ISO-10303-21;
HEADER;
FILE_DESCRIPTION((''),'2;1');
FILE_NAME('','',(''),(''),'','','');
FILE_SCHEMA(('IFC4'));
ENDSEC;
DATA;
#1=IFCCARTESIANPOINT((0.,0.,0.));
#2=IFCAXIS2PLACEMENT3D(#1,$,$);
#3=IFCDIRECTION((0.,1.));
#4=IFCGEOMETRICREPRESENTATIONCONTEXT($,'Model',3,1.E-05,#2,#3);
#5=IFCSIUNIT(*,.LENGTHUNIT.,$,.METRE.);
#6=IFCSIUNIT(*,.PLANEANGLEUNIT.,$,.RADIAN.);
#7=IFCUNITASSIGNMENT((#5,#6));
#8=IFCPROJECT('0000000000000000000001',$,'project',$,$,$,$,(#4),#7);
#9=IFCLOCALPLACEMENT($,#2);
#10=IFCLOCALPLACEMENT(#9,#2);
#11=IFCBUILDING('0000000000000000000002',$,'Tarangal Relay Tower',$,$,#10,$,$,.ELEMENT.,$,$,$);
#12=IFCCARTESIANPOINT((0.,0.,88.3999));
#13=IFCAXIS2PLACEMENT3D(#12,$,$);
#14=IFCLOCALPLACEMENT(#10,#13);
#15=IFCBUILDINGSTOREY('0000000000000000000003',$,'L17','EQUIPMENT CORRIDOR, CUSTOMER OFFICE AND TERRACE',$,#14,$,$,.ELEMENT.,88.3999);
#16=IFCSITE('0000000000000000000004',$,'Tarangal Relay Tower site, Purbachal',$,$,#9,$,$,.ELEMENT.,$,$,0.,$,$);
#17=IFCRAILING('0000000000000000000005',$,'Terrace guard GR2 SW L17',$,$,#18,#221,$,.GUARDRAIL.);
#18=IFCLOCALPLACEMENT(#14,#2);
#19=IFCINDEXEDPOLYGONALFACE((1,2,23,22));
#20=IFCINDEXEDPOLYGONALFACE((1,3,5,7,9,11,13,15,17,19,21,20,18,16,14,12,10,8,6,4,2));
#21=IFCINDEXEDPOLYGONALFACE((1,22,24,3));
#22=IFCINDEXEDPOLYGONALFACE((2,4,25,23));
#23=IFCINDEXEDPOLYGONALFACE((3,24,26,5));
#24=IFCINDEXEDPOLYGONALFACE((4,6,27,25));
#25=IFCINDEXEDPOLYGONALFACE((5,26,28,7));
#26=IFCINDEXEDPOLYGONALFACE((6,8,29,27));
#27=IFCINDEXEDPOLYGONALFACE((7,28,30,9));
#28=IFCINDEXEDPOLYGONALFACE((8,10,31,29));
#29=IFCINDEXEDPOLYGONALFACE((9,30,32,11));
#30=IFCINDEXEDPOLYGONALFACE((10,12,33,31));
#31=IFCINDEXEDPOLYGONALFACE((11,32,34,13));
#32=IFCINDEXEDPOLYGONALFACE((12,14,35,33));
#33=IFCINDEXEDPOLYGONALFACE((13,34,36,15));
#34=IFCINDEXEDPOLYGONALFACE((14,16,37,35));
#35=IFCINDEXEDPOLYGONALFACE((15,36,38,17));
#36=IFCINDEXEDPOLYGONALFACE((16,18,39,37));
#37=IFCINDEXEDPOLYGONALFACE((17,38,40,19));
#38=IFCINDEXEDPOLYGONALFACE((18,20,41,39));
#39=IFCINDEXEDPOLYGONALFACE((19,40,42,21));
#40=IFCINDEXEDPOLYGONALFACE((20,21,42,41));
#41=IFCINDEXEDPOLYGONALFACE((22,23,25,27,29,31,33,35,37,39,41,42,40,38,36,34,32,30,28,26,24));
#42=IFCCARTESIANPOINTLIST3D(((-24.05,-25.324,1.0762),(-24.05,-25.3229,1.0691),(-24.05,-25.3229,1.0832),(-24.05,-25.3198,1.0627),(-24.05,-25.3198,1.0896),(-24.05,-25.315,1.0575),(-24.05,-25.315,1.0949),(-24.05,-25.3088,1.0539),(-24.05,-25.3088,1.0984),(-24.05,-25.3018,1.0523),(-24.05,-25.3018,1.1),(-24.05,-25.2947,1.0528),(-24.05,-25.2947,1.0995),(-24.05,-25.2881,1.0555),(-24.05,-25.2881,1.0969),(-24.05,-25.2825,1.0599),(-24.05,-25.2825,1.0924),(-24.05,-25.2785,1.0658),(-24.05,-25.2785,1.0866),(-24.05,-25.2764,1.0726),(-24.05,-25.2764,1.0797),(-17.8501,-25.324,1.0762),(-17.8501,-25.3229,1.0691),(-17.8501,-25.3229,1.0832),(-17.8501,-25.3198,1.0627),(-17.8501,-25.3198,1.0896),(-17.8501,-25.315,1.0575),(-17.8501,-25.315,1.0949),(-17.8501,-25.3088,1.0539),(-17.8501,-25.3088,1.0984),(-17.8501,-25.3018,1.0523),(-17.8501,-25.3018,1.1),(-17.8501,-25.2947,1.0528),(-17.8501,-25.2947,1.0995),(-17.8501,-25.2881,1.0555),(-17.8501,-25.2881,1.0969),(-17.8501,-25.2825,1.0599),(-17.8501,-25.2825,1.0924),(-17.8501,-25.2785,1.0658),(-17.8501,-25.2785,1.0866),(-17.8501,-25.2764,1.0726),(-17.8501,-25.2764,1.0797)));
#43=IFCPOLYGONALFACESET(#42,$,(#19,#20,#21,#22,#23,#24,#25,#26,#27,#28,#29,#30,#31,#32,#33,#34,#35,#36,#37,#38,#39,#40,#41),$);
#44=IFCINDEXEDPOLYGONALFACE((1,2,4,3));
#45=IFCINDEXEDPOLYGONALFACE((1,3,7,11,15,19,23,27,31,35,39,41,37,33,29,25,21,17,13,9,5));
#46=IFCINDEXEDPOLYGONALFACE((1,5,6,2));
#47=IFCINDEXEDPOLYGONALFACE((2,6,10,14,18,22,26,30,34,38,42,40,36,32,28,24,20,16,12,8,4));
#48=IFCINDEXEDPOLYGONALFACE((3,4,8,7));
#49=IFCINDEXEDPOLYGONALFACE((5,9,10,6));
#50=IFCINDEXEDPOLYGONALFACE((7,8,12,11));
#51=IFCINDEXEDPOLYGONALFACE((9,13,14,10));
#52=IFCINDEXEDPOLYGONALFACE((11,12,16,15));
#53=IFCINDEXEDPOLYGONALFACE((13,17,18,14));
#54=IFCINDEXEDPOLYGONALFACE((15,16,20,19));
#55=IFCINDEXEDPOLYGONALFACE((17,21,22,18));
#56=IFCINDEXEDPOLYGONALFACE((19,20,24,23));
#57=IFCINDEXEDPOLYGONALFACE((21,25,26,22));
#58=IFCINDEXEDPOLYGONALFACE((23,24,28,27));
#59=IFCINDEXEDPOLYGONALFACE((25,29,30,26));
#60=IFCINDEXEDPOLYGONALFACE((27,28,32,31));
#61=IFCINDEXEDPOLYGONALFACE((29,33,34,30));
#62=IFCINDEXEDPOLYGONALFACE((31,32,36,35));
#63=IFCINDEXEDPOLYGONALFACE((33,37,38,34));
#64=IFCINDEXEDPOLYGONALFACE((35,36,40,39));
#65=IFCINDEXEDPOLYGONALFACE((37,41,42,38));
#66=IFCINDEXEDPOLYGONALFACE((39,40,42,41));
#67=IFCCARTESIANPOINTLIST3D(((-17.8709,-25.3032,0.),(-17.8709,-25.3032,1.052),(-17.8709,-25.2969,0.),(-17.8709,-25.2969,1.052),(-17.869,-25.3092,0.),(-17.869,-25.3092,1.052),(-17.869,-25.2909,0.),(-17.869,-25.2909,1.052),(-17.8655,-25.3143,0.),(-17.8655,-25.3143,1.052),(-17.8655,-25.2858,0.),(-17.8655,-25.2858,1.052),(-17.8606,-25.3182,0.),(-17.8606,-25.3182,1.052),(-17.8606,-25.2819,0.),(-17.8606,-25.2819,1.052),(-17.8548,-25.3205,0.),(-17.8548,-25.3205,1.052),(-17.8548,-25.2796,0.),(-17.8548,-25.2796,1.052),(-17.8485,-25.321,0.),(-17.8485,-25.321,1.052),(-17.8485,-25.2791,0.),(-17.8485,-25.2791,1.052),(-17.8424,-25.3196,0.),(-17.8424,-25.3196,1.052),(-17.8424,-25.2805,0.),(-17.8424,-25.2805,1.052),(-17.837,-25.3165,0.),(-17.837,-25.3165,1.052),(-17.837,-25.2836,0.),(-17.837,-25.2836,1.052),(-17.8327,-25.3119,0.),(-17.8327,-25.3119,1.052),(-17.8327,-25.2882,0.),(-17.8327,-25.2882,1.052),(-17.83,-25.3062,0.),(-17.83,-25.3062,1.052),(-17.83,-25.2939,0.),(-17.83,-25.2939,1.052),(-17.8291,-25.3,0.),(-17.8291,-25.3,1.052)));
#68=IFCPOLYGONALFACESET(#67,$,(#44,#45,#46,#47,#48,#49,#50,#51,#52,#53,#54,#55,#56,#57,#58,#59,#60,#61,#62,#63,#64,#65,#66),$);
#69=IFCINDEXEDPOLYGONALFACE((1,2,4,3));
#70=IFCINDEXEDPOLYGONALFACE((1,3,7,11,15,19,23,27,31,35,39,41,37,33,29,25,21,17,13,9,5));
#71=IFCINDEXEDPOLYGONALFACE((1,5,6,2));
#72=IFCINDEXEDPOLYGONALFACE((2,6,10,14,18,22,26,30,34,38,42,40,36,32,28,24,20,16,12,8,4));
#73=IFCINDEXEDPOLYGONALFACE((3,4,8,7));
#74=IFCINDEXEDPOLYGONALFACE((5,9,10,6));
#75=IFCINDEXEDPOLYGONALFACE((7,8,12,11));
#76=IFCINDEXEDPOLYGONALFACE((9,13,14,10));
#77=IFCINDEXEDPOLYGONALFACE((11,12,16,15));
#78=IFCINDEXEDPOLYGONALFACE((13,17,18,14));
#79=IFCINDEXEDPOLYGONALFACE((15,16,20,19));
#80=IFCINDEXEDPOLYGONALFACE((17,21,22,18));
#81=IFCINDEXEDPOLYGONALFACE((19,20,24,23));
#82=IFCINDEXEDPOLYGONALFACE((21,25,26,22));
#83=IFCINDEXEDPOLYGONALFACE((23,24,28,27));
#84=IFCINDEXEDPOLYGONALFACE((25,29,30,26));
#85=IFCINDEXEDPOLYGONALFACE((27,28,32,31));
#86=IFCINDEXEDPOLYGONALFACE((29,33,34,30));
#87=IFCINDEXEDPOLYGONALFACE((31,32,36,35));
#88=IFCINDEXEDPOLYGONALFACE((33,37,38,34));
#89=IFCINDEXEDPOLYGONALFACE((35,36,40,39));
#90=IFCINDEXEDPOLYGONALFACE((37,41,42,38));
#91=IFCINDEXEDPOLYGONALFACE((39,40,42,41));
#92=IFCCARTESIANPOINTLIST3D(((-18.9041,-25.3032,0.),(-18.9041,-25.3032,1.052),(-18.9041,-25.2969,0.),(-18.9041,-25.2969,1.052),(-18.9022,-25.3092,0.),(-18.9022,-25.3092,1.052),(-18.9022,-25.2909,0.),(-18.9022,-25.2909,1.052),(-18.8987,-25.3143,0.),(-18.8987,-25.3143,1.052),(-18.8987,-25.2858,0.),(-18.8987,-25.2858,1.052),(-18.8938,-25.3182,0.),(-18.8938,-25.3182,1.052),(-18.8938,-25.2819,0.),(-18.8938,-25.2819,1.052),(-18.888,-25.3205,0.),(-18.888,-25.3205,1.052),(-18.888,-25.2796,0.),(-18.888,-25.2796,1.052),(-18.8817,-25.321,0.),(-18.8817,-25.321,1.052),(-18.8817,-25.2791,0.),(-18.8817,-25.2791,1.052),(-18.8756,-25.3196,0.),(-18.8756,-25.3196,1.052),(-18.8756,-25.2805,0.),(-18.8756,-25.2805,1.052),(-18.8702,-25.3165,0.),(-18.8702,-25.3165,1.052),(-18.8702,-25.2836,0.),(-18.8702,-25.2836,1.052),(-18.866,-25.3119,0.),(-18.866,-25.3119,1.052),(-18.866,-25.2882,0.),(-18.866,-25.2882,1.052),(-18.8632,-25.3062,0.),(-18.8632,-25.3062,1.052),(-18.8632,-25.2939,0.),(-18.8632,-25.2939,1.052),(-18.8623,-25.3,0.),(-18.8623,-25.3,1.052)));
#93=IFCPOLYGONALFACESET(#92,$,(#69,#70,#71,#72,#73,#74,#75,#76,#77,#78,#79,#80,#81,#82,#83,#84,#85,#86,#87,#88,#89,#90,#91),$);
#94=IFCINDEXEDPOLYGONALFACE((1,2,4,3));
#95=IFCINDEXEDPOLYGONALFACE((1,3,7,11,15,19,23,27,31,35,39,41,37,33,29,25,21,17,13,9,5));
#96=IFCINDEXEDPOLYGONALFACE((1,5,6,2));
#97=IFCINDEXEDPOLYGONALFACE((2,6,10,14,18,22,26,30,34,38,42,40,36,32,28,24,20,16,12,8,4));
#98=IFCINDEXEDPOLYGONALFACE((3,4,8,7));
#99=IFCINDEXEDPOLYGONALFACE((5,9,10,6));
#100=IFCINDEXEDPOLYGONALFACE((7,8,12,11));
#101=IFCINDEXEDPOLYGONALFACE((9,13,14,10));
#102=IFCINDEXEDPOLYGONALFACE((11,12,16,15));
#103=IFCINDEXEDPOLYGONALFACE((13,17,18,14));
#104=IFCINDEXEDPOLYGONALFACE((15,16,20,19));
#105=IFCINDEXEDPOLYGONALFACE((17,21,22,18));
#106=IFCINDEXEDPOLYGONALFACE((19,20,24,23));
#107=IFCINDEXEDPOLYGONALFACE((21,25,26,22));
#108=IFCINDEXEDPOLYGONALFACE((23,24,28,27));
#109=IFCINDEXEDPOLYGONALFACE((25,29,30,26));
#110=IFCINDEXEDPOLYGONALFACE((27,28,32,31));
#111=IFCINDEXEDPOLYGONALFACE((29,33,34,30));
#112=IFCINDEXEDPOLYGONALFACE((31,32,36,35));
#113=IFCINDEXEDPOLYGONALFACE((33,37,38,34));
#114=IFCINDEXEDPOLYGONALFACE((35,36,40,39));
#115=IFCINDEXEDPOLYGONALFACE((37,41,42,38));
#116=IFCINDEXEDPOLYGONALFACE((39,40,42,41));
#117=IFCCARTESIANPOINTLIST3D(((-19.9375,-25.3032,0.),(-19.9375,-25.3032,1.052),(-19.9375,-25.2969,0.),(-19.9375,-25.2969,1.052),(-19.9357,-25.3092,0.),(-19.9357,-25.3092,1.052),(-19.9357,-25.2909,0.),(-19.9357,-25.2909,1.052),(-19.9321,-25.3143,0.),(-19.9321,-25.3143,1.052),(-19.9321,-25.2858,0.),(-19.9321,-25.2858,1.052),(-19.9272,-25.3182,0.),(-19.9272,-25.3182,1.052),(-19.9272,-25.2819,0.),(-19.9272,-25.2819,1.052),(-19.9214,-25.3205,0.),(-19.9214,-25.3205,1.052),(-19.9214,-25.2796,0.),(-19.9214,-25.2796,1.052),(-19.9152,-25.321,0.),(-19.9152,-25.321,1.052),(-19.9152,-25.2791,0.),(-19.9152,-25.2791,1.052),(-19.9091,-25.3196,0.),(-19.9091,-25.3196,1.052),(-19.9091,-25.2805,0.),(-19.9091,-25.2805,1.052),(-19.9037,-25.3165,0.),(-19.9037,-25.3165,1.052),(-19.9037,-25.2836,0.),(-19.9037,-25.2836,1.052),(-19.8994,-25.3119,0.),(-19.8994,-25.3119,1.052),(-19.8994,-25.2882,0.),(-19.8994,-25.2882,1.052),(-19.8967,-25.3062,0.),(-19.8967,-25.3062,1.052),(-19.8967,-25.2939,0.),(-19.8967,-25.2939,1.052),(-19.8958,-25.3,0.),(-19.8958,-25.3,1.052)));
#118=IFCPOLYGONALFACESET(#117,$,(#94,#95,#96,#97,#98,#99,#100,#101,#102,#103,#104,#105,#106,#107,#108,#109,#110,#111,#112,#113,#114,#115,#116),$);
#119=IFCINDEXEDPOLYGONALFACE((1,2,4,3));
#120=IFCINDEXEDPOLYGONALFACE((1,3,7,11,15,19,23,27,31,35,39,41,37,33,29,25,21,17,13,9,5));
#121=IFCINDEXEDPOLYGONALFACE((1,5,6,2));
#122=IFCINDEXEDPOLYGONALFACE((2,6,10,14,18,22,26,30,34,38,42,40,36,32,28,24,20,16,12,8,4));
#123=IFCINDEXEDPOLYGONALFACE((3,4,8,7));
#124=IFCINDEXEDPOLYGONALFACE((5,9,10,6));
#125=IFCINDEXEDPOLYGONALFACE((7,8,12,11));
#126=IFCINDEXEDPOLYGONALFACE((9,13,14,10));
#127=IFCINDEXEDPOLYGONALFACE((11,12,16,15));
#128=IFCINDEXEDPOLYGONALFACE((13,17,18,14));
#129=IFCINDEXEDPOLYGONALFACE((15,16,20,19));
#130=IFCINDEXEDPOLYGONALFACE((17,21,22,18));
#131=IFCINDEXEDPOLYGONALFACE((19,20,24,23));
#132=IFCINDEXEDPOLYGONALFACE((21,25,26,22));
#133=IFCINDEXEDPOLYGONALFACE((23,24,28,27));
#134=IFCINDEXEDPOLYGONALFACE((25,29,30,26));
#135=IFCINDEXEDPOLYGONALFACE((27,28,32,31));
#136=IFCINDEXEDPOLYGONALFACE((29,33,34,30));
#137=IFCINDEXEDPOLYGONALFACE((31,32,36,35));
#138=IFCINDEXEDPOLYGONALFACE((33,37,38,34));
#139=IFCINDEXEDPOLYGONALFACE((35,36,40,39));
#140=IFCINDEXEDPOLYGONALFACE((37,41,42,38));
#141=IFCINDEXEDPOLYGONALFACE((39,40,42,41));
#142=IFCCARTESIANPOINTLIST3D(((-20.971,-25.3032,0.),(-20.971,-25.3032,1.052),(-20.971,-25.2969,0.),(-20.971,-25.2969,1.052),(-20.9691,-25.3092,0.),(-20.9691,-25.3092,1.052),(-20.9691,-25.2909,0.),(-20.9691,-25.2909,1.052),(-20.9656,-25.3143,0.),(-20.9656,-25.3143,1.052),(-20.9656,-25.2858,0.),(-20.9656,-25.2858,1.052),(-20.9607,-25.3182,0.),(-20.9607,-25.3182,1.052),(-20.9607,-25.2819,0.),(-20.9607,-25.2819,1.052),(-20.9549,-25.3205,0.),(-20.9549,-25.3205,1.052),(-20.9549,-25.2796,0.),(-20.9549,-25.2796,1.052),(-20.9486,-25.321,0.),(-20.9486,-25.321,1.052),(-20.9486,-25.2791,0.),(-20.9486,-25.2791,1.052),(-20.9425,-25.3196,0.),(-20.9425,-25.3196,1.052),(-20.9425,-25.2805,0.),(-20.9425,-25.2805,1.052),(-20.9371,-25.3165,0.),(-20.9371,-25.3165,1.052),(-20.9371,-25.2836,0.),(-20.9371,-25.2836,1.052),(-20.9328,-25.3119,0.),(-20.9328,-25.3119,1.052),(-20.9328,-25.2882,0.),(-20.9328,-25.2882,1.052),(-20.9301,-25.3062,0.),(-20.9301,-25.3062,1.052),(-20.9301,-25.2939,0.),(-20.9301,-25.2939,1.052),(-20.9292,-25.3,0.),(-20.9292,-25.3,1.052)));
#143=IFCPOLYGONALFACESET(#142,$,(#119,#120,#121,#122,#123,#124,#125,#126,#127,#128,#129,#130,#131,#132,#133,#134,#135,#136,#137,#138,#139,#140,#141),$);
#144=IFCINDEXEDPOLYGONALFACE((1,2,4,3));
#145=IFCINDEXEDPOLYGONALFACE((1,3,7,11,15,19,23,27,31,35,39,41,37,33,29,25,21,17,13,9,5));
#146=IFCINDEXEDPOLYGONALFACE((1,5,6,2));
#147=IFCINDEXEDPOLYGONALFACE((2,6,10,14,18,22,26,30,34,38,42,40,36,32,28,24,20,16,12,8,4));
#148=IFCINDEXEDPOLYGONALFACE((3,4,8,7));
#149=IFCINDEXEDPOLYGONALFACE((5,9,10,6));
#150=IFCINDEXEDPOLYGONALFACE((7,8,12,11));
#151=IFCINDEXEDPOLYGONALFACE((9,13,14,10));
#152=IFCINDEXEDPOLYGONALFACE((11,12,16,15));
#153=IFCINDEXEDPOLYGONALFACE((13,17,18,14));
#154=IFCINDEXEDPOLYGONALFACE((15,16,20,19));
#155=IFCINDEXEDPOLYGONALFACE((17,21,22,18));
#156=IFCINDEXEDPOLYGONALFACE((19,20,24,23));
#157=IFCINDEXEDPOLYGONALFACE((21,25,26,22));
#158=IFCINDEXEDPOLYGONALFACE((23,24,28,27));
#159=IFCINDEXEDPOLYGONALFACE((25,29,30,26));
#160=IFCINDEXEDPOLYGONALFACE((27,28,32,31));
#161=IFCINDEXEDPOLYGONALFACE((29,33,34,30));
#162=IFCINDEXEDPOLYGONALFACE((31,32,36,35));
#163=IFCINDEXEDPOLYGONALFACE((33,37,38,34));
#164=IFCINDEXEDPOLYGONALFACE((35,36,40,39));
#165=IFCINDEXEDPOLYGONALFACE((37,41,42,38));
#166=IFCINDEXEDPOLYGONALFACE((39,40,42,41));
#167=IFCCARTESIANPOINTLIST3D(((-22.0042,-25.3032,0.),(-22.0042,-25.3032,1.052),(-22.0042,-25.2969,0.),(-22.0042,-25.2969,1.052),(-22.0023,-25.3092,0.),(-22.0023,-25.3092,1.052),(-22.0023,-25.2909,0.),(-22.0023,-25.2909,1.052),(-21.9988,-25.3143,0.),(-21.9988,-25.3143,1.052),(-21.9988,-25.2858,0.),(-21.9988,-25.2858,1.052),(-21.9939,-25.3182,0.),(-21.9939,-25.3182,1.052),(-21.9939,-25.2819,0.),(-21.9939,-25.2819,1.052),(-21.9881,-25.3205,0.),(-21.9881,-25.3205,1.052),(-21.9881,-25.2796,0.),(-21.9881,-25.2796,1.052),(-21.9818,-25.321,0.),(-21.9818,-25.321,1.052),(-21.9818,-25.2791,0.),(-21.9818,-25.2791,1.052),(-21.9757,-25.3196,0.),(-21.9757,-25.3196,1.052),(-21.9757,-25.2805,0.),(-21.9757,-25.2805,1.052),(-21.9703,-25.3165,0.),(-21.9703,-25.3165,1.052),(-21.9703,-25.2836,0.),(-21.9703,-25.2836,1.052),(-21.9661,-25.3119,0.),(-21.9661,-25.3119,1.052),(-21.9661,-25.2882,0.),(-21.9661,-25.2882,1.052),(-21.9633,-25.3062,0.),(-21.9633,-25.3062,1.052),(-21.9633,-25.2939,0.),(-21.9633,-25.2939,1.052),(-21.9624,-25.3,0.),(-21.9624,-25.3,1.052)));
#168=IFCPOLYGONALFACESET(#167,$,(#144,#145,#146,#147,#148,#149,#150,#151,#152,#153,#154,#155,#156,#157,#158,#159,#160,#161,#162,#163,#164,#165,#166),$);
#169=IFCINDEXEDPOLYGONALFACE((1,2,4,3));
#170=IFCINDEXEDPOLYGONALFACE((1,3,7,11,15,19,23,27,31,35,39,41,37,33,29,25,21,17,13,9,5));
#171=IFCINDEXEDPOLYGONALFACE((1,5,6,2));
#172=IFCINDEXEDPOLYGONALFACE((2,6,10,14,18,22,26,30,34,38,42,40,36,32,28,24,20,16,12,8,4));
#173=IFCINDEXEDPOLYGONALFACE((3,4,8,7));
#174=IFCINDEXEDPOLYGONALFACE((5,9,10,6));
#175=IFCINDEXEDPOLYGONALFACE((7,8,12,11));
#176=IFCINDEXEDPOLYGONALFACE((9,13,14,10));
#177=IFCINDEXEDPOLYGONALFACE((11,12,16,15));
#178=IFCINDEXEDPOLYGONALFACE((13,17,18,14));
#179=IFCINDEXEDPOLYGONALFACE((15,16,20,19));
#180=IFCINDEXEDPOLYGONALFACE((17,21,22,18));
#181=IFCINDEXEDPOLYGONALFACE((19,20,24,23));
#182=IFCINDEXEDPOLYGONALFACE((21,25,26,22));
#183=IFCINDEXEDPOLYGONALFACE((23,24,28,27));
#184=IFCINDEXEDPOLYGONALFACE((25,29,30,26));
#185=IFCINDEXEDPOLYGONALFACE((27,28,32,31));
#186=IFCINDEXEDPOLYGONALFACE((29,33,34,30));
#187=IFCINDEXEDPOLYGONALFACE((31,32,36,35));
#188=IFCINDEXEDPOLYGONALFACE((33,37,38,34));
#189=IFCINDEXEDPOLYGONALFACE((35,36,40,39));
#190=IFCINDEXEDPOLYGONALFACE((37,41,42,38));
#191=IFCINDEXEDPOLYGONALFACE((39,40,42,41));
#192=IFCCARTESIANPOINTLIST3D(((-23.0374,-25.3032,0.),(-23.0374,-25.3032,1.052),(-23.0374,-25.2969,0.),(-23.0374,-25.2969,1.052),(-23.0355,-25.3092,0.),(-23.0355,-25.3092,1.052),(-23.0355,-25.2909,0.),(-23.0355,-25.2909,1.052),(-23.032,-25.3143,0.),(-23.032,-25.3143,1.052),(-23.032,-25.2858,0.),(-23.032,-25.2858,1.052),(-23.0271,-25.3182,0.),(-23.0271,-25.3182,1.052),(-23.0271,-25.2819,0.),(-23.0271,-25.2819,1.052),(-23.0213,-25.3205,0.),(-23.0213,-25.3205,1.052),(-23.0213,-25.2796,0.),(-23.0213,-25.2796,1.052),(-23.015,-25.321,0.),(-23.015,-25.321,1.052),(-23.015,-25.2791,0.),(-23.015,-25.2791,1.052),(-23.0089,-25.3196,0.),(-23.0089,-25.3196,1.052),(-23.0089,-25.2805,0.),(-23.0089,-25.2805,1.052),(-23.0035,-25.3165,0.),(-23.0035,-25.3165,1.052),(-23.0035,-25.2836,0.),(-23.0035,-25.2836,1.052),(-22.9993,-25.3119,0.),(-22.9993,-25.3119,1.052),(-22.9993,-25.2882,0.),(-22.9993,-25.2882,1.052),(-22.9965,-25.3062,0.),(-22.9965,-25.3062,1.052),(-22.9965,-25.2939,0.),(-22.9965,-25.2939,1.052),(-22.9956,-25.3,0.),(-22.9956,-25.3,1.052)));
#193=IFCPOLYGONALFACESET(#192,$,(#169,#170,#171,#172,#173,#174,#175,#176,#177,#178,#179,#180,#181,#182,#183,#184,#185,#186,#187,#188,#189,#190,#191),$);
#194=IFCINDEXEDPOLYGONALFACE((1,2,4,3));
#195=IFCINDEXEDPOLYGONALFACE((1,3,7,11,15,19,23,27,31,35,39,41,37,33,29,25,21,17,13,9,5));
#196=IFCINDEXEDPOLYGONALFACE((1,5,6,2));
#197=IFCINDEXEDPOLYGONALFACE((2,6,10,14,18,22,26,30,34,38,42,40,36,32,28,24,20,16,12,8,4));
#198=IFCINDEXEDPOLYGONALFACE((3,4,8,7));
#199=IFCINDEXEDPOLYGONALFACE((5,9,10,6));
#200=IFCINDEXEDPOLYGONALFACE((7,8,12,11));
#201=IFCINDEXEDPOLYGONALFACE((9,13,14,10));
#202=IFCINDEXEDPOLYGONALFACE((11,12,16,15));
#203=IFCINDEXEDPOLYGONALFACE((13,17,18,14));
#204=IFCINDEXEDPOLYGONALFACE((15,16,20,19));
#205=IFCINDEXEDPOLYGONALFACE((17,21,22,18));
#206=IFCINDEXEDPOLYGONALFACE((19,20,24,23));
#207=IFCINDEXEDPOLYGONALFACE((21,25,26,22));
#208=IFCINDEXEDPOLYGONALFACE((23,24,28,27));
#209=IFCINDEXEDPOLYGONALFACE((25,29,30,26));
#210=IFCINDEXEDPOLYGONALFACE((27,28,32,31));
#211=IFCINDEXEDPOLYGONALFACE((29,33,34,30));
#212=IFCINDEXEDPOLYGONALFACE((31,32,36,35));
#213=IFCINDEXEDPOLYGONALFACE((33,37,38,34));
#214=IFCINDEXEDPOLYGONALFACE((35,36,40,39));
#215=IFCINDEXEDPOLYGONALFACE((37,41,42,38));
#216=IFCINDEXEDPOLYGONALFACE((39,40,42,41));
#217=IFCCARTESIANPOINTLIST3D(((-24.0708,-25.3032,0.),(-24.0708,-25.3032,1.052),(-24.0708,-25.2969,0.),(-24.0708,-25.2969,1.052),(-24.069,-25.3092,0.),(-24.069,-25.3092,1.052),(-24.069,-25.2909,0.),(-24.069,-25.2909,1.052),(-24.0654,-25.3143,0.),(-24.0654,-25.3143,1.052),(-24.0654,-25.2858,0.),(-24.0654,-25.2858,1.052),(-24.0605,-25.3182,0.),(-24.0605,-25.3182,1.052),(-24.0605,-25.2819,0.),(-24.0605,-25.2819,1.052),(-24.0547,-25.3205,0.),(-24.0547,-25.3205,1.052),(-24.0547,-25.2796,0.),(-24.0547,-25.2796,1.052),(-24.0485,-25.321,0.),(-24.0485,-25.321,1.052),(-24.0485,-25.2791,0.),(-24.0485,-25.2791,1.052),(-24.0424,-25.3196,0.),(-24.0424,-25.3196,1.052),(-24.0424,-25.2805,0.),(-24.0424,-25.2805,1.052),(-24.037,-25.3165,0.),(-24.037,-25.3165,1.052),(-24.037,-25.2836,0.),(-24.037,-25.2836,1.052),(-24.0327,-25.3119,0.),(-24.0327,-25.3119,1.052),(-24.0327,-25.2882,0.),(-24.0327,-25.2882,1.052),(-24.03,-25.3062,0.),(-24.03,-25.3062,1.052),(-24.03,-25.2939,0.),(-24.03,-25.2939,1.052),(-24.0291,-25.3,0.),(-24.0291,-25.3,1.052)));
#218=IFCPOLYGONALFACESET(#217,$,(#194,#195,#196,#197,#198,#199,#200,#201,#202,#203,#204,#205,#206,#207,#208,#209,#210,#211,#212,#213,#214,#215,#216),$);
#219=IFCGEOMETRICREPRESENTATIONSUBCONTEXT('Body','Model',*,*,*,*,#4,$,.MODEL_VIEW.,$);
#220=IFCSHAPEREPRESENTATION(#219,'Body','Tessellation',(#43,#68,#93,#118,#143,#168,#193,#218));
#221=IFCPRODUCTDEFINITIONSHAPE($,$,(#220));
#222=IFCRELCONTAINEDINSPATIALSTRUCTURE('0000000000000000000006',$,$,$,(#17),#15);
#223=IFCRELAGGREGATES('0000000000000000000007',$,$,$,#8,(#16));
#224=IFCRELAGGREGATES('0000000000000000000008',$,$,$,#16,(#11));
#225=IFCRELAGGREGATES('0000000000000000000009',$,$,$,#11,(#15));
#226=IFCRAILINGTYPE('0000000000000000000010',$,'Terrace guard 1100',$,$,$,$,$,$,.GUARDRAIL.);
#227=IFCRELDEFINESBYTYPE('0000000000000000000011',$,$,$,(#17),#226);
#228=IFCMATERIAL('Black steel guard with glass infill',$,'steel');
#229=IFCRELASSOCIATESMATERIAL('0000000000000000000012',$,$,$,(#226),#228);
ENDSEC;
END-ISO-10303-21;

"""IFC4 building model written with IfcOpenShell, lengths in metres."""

from ifc_helpers import new_model, si_unit, direction, frame, origin, origin_2d, place, context, subcontext, project, spatial, circle, extrude, material, type_object, element, save


model = new_model("IFC4")

# Units and contexts
model_context = context("Model", 3, precision=1e-05, world=origin(), true_north=direction((0.0, 1.0)))
body_context = subcontext(model_context, "Body", "Model", "MODEL_VIEW")
ifc_project = project(units=[si_unit("LENGTHUNIT", "METRE"), si_unit("PLANEANGLEUNIT", "RADIAN")], contexts=[model_context])

# Site, building, storey
site_placement = place(None, origin())
site = spatial("IfcSite", under=ifc_project, at=site_placement, Name="Tarangal Relay Tower site, Purbachal", CompositionType="ELEMENT", RefElevation=0.0)
building_placement = place(site_placement, origin())
building = spatial("IfcBuilding", under=site, at=building_placement, Name="Tarangal Relay Tower", CompositionType="ELEMENT")
storey_placement = place(building_placement, frame((0.0, 0.0, 88.3999)))
storey = spatial("IfcBuildingStorey", under=building, at=storey_placement, Name="L17", Description="EQUIPMENT CORRIDOR, CUSTOMER OFFICE AND TERRACE", CompositionType="ELEMENT", Elevation=88.3999)

# Railing
ifc_material_1 = material(Name="Black steel guard with glass infill", Category="steel")
railing_type = type_object("IfcRailingType", Name="Terrace guard 1100", PredefinedType="GUARDRAIL", material=ifc_material_1)
railing_1_placement = place(storey_placement, frame((-17.8501, -25.3, 0.0)))
element("IfcRailing", 1, at=railing_1_placement, inside=storey, type_object=railing_type, Name="Terrace guard GR2 SW L17", PredefinedType="GUARDRAIL", context=body_context, shape_type="SweptSolid", body=[
    extrude(circle(Radius=0.0239, at=origin_2d()), frame((0.0, 0.0, 1.0762), z_axis=(-1.0, 0.0, 0.0), x_axis=(0.0, -1.0, 0.0)), (0.0, 0.0, 1.0), 6.2),
    extrude(circle(Radius=0.021, at=origin_2d()), origin(), (0.0, 0.0, 1.0), 1.052),
    extrude(circle(Radius=0.021, at=origin_2d()), frame((-1.0332, 0.0, 0.0)), (0.0, 0.0, 1.0), 1.052),
    extrude(circle(Radius=0.021, at=origin_2d()), frame((-2.0667, 0.0, 0.0)), (0.0, 0.0, 1.0), 1.052),
    extrude(circle(Radius=0.021, at=origin_2d()), frame((-3.1001, 0.0, 0.0)), (0.0, 0.0, 1.0), 1.052),
    extrude(circle(Radius=0.021, at=origin_2d()), frame((-4.1333, 0.0, 0.0)), (0.0, 0.0, 1.0), 1.052),
    extrude(circle(Radius=0.021, at=origin_2d()), frame((-5.1665, 0.0, 0.0)), (0.0, 0.0, 1.0), 1.052),
    extrude(circle(Radius=0.021, at=origin_2d()), frame((-6.2, 0.0, 0.0)), (0.0, 0.0, 1.0), 1.052),
])

save(model, "model.ifc")
